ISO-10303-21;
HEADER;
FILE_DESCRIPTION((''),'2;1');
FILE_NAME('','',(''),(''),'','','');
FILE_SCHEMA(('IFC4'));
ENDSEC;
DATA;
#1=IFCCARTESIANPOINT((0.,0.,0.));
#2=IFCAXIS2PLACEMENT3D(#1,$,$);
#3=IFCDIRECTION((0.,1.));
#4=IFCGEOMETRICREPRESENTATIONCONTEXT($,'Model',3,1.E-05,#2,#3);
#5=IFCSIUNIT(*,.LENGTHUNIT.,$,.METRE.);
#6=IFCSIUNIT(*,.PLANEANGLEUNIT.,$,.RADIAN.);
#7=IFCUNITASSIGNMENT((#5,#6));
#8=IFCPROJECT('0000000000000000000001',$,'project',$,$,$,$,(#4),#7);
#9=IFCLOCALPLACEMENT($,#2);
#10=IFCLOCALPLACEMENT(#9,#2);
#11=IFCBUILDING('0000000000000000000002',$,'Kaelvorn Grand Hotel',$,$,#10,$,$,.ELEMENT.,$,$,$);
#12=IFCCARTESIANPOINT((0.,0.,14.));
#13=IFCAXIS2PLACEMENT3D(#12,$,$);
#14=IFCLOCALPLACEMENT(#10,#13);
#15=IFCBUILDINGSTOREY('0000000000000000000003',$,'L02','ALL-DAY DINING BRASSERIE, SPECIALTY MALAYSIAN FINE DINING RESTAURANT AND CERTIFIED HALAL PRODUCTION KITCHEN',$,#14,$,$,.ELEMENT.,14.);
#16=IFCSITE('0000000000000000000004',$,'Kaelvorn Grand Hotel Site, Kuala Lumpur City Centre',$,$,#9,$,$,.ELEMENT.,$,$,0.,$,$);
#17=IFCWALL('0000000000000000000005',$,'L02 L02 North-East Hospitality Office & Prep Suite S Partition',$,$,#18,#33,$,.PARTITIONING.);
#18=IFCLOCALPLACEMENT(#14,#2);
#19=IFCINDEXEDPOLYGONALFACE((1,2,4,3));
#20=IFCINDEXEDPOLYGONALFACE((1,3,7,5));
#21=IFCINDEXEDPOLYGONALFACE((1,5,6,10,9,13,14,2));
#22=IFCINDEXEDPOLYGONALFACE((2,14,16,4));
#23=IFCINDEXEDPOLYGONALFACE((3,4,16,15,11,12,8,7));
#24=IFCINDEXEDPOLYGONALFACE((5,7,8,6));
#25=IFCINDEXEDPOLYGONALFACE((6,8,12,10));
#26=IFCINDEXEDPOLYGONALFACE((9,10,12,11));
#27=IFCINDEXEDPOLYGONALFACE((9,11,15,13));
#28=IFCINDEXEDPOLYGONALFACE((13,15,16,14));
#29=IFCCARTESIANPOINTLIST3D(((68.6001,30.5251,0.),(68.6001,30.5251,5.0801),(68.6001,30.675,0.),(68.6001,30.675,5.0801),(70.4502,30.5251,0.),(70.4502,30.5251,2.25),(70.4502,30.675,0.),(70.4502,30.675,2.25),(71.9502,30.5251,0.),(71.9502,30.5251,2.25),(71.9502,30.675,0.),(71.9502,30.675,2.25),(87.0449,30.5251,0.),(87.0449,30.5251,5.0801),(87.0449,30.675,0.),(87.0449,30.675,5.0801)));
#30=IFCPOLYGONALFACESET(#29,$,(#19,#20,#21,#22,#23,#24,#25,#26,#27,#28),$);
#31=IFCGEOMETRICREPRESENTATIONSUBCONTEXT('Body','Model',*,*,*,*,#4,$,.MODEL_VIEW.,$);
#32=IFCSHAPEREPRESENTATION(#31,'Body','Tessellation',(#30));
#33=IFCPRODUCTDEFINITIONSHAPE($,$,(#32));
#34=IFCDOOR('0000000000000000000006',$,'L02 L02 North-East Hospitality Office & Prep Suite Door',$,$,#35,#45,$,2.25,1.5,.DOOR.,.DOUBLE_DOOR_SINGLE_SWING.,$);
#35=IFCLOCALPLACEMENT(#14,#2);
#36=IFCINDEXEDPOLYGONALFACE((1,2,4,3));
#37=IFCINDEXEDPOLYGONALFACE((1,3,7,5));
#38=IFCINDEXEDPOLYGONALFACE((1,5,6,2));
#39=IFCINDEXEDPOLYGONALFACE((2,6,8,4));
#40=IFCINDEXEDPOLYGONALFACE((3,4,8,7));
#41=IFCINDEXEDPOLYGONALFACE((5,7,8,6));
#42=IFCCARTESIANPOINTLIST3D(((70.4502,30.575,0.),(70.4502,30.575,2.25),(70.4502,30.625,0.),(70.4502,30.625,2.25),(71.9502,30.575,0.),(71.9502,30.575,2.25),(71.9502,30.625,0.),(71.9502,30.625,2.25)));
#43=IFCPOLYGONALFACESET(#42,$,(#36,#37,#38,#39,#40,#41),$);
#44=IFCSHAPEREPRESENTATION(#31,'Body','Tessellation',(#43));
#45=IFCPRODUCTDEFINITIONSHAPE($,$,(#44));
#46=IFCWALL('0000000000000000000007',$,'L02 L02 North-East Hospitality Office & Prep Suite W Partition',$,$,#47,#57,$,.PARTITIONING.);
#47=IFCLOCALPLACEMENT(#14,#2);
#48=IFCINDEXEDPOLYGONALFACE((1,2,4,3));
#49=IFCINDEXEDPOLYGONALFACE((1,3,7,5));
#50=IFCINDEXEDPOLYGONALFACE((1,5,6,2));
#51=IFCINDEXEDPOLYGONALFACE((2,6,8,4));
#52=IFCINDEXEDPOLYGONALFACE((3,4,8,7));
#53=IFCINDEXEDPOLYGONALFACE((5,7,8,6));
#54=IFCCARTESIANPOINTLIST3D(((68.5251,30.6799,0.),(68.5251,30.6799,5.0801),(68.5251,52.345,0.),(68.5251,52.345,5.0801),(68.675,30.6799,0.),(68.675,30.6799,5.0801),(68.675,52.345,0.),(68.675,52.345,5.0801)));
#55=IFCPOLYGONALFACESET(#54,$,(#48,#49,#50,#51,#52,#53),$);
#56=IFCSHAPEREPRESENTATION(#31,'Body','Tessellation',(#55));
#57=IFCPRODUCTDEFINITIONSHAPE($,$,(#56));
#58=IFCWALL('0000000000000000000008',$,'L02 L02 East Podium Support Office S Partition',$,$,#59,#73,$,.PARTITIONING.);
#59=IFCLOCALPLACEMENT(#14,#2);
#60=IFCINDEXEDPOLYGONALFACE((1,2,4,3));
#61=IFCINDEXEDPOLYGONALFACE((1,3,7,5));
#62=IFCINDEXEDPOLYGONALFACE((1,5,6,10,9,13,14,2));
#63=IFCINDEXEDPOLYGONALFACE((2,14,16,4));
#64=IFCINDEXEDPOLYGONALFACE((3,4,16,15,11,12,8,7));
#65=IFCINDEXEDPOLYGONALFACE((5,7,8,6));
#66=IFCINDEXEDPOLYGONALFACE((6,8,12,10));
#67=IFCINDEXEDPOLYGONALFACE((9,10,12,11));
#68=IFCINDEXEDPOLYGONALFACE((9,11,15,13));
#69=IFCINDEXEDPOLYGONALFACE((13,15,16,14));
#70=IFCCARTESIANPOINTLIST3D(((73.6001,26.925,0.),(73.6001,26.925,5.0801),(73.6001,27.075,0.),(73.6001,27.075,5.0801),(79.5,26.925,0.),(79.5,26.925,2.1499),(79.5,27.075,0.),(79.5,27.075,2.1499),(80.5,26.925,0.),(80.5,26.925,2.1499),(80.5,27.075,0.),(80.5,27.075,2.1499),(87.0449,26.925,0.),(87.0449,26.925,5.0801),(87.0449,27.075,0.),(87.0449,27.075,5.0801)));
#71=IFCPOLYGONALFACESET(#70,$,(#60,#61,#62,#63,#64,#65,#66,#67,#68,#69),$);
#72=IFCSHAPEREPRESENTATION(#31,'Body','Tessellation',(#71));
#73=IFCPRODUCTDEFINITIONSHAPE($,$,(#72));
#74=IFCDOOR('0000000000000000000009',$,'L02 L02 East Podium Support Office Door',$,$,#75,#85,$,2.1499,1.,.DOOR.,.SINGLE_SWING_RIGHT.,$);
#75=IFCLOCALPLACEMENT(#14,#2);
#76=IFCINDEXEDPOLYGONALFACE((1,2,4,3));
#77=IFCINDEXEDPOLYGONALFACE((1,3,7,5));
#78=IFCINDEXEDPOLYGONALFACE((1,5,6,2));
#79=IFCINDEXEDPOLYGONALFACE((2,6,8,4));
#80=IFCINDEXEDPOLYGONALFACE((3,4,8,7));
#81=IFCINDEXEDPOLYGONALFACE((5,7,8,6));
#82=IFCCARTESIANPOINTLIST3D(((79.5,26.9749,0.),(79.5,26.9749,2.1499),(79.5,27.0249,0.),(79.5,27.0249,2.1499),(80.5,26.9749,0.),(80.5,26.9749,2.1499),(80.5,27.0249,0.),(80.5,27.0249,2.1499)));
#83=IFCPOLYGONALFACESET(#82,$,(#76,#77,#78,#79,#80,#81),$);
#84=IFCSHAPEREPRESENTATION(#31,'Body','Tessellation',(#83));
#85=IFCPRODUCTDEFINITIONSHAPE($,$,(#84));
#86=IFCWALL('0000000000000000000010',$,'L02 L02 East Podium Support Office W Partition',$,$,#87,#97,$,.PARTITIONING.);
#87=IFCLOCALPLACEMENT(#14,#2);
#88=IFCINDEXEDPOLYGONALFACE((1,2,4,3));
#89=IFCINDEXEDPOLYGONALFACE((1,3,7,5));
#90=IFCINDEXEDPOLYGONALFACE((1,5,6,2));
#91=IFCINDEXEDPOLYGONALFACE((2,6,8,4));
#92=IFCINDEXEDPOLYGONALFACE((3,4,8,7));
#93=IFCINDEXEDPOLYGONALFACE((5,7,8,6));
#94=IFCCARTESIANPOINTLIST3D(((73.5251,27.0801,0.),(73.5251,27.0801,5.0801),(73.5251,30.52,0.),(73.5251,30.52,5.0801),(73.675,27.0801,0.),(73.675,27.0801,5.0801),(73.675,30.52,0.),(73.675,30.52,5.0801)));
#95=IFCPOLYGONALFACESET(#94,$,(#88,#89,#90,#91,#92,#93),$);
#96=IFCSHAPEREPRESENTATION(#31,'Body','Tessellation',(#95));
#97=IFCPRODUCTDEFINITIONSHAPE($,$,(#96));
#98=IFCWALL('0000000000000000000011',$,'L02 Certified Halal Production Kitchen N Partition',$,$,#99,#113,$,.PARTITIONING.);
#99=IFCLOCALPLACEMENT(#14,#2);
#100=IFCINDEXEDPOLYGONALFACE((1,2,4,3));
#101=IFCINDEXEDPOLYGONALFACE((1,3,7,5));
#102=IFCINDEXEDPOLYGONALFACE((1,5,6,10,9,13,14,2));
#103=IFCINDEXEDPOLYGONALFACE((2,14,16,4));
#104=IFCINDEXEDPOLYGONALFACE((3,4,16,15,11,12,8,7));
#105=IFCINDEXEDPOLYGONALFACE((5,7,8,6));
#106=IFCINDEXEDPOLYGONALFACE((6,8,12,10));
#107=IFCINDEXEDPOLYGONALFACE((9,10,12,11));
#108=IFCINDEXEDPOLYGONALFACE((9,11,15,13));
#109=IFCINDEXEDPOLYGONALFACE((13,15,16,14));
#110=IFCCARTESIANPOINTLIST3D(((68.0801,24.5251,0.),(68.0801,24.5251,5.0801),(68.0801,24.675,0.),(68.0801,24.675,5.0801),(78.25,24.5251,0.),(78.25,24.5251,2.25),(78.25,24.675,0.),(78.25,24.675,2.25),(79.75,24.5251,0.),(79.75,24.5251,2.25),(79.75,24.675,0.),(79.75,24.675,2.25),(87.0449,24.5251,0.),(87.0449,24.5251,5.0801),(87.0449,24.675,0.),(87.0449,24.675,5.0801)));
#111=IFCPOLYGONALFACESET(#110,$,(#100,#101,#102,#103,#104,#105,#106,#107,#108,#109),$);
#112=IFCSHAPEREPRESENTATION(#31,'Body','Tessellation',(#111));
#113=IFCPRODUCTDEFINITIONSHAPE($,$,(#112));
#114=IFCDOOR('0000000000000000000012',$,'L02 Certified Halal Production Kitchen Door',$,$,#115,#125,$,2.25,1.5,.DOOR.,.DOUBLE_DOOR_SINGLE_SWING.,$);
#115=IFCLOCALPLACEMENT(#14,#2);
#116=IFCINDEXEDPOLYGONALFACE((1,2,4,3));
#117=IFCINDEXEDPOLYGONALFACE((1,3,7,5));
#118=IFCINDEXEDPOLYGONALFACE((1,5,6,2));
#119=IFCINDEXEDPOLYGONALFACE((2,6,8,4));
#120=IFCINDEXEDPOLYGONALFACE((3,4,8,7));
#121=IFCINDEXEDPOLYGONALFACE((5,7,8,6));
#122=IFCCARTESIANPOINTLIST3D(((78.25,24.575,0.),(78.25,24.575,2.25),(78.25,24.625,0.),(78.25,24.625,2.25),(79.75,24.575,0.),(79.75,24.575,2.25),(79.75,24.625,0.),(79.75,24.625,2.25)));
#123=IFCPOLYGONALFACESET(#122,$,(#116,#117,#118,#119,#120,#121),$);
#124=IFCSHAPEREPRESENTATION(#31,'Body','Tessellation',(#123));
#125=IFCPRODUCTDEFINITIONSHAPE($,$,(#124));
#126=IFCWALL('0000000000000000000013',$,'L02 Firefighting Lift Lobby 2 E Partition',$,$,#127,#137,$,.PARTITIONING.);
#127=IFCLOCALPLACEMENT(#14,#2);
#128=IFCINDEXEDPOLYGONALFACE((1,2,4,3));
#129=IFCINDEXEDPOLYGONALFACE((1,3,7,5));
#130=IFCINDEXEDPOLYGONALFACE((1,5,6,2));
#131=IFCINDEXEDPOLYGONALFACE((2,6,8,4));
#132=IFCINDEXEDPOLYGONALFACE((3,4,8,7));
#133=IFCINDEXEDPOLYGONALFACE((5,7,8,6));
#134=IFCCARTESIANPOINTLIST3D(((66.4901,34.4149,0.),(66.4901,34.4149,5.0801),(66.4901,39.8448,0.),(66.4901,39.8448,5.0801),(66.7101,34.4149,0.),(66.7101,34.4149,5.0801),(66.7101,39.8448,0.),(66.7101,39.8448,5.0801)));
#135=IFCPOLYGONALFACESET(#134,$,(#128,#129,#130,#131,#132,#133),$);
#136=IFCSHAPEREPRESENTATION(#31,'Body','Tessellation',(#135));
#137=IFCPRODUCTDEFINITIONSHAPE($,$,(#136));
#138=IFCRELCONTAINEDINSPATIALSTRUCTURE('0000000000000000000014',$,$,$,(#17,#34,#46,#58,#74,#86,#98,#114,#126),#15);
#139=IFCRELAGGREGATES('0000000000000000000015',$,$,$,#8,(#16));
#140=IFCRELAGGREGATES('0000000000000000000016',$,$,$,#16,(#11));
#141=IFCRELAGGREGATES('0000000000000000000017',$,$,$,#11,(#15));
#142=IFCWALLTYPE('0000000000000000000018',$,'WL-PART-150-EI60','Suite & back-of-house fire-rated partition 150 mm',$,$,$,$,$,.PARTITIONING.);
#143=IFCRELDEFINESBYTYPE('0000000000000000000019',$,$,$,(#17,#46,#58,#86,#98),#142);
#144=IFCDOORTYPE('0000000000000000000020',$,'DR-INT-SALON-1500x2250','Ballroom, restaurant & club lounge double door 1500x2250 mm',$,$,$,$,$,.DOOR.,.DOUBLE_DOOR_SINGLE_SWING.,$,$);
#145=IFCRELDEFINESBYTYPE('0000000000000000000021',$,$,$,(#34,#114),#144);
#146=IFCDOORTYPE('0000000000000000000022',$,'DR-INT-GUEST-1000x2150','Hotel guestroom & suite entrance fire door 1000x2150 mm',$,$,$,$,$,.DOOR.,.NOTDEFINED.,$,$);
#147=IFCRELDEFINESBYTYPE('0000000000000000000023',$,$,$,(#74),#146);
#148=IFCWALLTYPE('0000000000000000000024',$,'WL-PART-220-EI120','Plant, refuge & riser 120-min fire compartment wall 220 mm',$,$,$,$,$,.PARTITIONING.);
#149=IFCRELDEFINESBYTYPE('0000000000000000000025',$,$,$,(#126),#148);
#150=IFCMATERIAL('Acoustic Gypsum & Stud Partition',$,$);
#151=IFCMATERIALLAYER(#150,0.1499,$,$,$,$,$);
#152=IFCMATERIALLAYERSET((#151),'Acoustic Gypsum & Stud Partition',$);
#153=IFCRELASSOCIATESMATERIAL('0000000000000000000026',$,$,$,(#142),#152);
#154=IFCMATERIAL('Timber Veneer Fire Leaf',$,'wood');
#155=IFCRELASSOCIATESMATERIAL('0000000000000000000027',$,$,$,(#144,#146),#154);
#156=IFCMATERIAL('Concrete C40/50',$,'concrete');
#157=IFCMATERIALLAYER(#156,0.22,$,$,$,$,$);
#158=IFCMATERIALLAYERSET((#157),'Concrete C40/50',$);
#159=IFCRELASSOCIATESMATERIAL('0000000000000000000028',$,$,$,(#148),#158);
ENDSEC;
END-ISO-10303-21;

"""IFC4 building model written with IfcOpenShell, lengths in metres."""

from ifc_helpers import new_model, si_unit, direction, frame, frame_2d, origin, place, context, subcontext, project, spatial, rectangle, extrude, material, layer, layer_set, type_object, element, fill, save


model = new_model("IFC4")

# Units and contexts
model_context = context("Model", 3, precision=1e-05, world=origin(), true_north=direction((0.0, 1.0)))
body_context = subcontext(model_context, "Body", "Model", "MODEL_VIEW")
ifc_project = project(units=[si_unit("LENGTHUNIT", "METRE"), si_unit("PLANEANGLEUNIT", "RADIAN")], contexts=[model_context])

# Site, building, storey
site_placement = place(None, origin())
site = spatial("IfcSite", under=ifc_project, at=site_placement, Name="Kaelvorn Grand Hotel Site, Kuala Lumpur City Centre", CompositionType="ELEMENT", RefElevation=0.0)
building_placement = place(site_placement, origin())
building = spatial("IfcBuilding", under=site, at=building_placement, Name="Kaelvorn Grand Hotel", CompositionType="ELEMENT")
storey_placement = place(building_placement, frame((0.0, 0.0, 14.0)))
storey = spatial("IfcBuildingStorey", under=building, at=storey_placement, Name="L02", Description="ALL-DAY DINING BRASSERIE, SPECIALTY MALAYSIAN FINE DINING RESTAURANT AND CERTIFIED HALAL PRODUCTION KITCHEN", CompositionType="ELEMENT", Elevation=14.0)

# Shared definitions
ifc_material_1 = material(Name="Concrete C40/50", Category="concrete")

# Wall, opening, door
ifc_material_2 = material(Name="Acoustic Gypsum & Stud Partition")
ifc_layer_1 = layer(ifc_material_2, 0.1499)
ifc_layer_set_1 = layer_set([ifc_layer_1], Name="Acoustic Gypsum & Stud Partition")
wall_type_1 = type_object("IfcWallType", Name="WL-PART-150-EI60", Description="Suite & back-of-house fire-rated partition 150 mm", PredefinedType="PARTITIONING", material=ifc_layer_set_1)
wall_1_placement = place(storey_placement, frame((68.6001, 30.6001, 0.0), z_axis=(0.0, 0.0, 1.0), x_axis=(1.0, 0.0, 0.0)))
wall_1 = element("IfcWall", 1, at=wall_1_placement, inside=storey, type_object=wall_type_1, Name="L02 L02 North-East Hospitality Office & Prep Suite S Partition", PredefinedType="PARTITIONING", context=body_context, shape_type="SweptSolid", body=[
    extrude(rectangle(XDim=18.4448, YDim=0.1499, at=frame_2d((9.2224, 0.0))), origin(), (0.0, 0.0, 1.0), 5.0801),
])
opening_1_placement = place(wall_1_placement, frame((1.8501, 0.0, 0.0)))
opening_1 = element("IfcOpeningElement", 2, at=opening_1_placement, cuts=wall_1, PredefinedType="OPENING", context=body_context, shape_type="SweptSolid", body=[
    extrude(rectangle(XDim=1.5, YDim=2.25, at=frame_2d((0.75, 1.125))), frame((0.0, 0.085, 0.0), z_axis=(0.0, -1.0, 0.0), x_axis=(1.0, 0.0, 0.0)), (0.0, 0.0, 1.0), 0.1699),
])
ifc_material_3 = material(Name="Timber Veneer Fire Leaf", Category="wood")
door_type_1 = type_object("IfcDoorType", Name="DR-INT-SALON-1500x2250", Description="Ballroom, restaurant & club lounge double door 1500x2250 mm", OperationType="DOUBLE_DOOR_SINGLE_SWING", PredefinedType="DOOR", material=ifc_material_3)
door_1_placement = place(opening_1_placement, origin())
door_1 = element("IfcDoor", 3, at=door_1_placement, inside=storey, type_object=door_type_1, Name="L02 L02 North-East Hospitality Office & Prep Suite Door", OperationType="DOUBLE_DOOR_SINGLE_SWING", OverallHeight=2.25, OverallWidth=1.5, PredefinedType="DOOR", context=body_context, shape_type="SweptSolid", body=[
    extrude(rectangle(XDim=1.5, YDim=2.25, at=frame_2d((0.75, 1.125))), frame((0.0, 0.0249, 0.0), z_axis=(0.0, -1.0, 0.0), x_axis=(1.0, 0.0, 0.0)), (0.0, 0.0, 1.0), 0.05),
])
fill(opening_1, door_1)

# Wall
wall_2_placement = place(storey_placement, frame((68.6001, 30.6799, 0.0), z_axis=(0.0, 0.0, 1.0), x_axis=(0.0, 1.0, 0.0)))
element("IfcWall", 4, at=wall_2_placement, inside=storey, type_object=wall_type_1, Name="L02 L02 North-East Hospitality Office & Prep Suite W Partition", PredefinedType="PARTITIONING", context=body_context, shape_type="SweptSolid", body=[
    extrude(rectangle(XDim=21.665, YDim=0.1499, at=frame_2d((10.8325, 0.0))), origin(), (0.0, 0.0, 1.0), 5.0801),
])

# Wall, opening, door
wall_3_placement = place(storey_placement, frame((73.6001, 27.0, 0.0), z_axis=(0.0, 0.0, 1.0), x_axis=(1.0, 0.0, 0.0)))
wall_3 = element("IfcWall", 5, at=wall_3_placement, inside=storey, type_object=wall_type_1, Name="L02 L02 East Podium Support Office S Partition", PredefinedType="PARTITIONING", context=body_context, shape_type="SweptSolid", body=[
    extrude(rectangle(XDim=13.4448, YDim=0.1499, at=frame_2d((6.7224, 0.0))), origin(), (0.0, 0.0, 1.0), 5.0801),
])
opening_2_placement = place(wall_3_placement, frame((5.8999, 0.0, 0.0)))
opening_2 = element("IfcOpeningElement", 6, at=opening_2_placement, cuts=wall_3, PredefinedType="OPENING", context=body_context, shape_type="SweptSolid", body=[
    extrude(rectangle(XDim=1.0, YDim=2.1499, at=frame_2d((0.5, 1.075))), frame((0.0, 0.085, 0.0), z_axis=(0.0, -1.0, 0.0), x_axis=(1.0, 0.0, 0.0)), (0.0, 0.0, 1.0), 0.1699),
])
door_type_2 = type_object("IfcDoorType", Name="DR-INT-GUEST-1000x2150", Description="Hotel guestroom & suite entrance fire door 1000x2150 mm", OperationType="NOTDEFINED", PredefinedType="DOOR", material=ifc_material_3)
door_2_placement = place(opening_2_placement, origin())
door_2 = element("IfcDoor", 7, at=door_2_placement, inside=storey, type_object=door_type_2, Name="L02 L02 East Podium Support Office Door", OperationType="SINGLE_SWING_RIGHT", OverallHeight=2.1499, OverallWidth=1.0, PredefinedType="DOOR", context=body_context, shape_type="SweptSolid", body=[
    extrude(rectangle(XDim=1.0, YDim=2.1499, at=frame_2d((0.5, 1.075))), frame((0.0, 0.0249, 0.0), z_axis=(0.0, -1.0, 0.0), x_axis=(1.0, 0.0, 0.0)), (0.0, 0.0, 1.0), 0.05),
])
fill(opening_2, door_2)

# Wall
wall_4_placement = place(storey_placement, frame((73.6001, 27.0801, 0.0), z_axis=(0.0, 0.0, 1.0), x_axis=(0.0, 1.0, 0.0)))
element("IfcWall", 8, at=wall_4_placement, inside=storey, type_object=wall_type_1, Name="L02 L02 East Podium Support Office W Partition", PredefinedType="PARTITIONING", context=body_context, shape_type="SweptSolid", body=[
    extrude(rectangle(XDim=3.4399, YDim=0.1499, at=frame_2d((1.72, 0.0))), origin(), (0.0, 0.0, 1.0), 5.0801),
])

# Wall, opening, door
wall_5_placement = place(storey_placement, frame((68.0801, 24.6001, 0.0), z_axis=(0.0, 0.0, 1.0), x_axis=(1.0, 0.0, 0.0)))
wall_5 = element("IfcWall", 9, at=wall_5_placement, inside=storey, type_object=wall_type_1, Name="L02 Certified Halal Production Kitchen N Partition", PredefinedType="PARTITIONING", context=body_context, shape_type="SweptSolid", body=[
    extrude(rectangle(XDim=18.9648, YDim=0.1499, at=frame_2d((9.4824, 0.0))), origin(), (0.0, 0.0, 1.0), 5.0801),
])
opening_3_placement = place(wall_5_placement, frame((10.1699, 0.0, 0.0)))
opening_3 = element("IfcOpeningElement", 10, at=opening_3_placement, cuts=wall_5, PredefinedType="OPENING", context=body_context, shape_type="SweptSolid", body=[
    extrude(rectangle(XDim=1.5, YDim=2.25, at=frame_2d((0.75, 1.125))), frame((0.0, 0.085, 0.0), z_axis=(0.0, -1.0, 0.0), x_axis=(1.0, 0.0, 0.0)), (0.0, 0.0, 1.0), 0.1699),
])
door_3_placement = place(opening_3_placement, origin())
door_3 = element("IfcDoor", 11, at=door_3_placement, inside=storey, type_object=door_type_1, Name="L02 Certified Halal Production Kitchen Door", OperationType="DOUBLE_DOOR_SINGLE_SWING", OverallHeight=2.25, OverallWidth=1.5, PredefinedType="DOOR", context=body_context, shape_type="SweptSolid", body=[
    extrude(rectangle(XDim=1.5, YDim=2.25, at=frame_2d((0.75, 1.125))), frame((0.0, 0.0249, 0.0), z_axis=(0.0, -1.0, 0.0), x_axis=(1.0, 0.0, 0.0)), (0.0, 0.0, 1.0), 0.05),
])
fill(opening_3, door_3)

# Wall
ifc_layer_2 = layer(ifc_material_1, 0.22)
ifc_layer_set_2 = layer_set([ifc_layer_2], Name="Concrete C40/50")
wall_type_2 = type_object("IfcWallType", Name="WL-PART-220-EI120", Description="Plant, refuge & riser 120-min fire compartment wall 220 mm", PredefinedType="PARTITIONING", material=ifc_layer_set_2)
wall_6_placement = place(storey_placement, frame((66.6001, 34.415, 0.0), z_axis=(0.0, 0.0, 1.0), x_axis=(0.0, 1.0, 0.0)))
element("IfcWall", 12, at=wall_6_placement, inside=storey, type_object=wall_type_2, Name="L02 Firefighting Lift Lobby 2 E Partition", PredefinedType="PARTITIONING", context=body_context, shape_type="SweptSolid", body=[
    extrude(rectangle(XDim=5.4299, YDim=0.22, at=frame_2d((2.7148, 0.0))), origin(), (0.0, 0.0, 1.0), 5.0801),
])

save(model, "model.ifc")
